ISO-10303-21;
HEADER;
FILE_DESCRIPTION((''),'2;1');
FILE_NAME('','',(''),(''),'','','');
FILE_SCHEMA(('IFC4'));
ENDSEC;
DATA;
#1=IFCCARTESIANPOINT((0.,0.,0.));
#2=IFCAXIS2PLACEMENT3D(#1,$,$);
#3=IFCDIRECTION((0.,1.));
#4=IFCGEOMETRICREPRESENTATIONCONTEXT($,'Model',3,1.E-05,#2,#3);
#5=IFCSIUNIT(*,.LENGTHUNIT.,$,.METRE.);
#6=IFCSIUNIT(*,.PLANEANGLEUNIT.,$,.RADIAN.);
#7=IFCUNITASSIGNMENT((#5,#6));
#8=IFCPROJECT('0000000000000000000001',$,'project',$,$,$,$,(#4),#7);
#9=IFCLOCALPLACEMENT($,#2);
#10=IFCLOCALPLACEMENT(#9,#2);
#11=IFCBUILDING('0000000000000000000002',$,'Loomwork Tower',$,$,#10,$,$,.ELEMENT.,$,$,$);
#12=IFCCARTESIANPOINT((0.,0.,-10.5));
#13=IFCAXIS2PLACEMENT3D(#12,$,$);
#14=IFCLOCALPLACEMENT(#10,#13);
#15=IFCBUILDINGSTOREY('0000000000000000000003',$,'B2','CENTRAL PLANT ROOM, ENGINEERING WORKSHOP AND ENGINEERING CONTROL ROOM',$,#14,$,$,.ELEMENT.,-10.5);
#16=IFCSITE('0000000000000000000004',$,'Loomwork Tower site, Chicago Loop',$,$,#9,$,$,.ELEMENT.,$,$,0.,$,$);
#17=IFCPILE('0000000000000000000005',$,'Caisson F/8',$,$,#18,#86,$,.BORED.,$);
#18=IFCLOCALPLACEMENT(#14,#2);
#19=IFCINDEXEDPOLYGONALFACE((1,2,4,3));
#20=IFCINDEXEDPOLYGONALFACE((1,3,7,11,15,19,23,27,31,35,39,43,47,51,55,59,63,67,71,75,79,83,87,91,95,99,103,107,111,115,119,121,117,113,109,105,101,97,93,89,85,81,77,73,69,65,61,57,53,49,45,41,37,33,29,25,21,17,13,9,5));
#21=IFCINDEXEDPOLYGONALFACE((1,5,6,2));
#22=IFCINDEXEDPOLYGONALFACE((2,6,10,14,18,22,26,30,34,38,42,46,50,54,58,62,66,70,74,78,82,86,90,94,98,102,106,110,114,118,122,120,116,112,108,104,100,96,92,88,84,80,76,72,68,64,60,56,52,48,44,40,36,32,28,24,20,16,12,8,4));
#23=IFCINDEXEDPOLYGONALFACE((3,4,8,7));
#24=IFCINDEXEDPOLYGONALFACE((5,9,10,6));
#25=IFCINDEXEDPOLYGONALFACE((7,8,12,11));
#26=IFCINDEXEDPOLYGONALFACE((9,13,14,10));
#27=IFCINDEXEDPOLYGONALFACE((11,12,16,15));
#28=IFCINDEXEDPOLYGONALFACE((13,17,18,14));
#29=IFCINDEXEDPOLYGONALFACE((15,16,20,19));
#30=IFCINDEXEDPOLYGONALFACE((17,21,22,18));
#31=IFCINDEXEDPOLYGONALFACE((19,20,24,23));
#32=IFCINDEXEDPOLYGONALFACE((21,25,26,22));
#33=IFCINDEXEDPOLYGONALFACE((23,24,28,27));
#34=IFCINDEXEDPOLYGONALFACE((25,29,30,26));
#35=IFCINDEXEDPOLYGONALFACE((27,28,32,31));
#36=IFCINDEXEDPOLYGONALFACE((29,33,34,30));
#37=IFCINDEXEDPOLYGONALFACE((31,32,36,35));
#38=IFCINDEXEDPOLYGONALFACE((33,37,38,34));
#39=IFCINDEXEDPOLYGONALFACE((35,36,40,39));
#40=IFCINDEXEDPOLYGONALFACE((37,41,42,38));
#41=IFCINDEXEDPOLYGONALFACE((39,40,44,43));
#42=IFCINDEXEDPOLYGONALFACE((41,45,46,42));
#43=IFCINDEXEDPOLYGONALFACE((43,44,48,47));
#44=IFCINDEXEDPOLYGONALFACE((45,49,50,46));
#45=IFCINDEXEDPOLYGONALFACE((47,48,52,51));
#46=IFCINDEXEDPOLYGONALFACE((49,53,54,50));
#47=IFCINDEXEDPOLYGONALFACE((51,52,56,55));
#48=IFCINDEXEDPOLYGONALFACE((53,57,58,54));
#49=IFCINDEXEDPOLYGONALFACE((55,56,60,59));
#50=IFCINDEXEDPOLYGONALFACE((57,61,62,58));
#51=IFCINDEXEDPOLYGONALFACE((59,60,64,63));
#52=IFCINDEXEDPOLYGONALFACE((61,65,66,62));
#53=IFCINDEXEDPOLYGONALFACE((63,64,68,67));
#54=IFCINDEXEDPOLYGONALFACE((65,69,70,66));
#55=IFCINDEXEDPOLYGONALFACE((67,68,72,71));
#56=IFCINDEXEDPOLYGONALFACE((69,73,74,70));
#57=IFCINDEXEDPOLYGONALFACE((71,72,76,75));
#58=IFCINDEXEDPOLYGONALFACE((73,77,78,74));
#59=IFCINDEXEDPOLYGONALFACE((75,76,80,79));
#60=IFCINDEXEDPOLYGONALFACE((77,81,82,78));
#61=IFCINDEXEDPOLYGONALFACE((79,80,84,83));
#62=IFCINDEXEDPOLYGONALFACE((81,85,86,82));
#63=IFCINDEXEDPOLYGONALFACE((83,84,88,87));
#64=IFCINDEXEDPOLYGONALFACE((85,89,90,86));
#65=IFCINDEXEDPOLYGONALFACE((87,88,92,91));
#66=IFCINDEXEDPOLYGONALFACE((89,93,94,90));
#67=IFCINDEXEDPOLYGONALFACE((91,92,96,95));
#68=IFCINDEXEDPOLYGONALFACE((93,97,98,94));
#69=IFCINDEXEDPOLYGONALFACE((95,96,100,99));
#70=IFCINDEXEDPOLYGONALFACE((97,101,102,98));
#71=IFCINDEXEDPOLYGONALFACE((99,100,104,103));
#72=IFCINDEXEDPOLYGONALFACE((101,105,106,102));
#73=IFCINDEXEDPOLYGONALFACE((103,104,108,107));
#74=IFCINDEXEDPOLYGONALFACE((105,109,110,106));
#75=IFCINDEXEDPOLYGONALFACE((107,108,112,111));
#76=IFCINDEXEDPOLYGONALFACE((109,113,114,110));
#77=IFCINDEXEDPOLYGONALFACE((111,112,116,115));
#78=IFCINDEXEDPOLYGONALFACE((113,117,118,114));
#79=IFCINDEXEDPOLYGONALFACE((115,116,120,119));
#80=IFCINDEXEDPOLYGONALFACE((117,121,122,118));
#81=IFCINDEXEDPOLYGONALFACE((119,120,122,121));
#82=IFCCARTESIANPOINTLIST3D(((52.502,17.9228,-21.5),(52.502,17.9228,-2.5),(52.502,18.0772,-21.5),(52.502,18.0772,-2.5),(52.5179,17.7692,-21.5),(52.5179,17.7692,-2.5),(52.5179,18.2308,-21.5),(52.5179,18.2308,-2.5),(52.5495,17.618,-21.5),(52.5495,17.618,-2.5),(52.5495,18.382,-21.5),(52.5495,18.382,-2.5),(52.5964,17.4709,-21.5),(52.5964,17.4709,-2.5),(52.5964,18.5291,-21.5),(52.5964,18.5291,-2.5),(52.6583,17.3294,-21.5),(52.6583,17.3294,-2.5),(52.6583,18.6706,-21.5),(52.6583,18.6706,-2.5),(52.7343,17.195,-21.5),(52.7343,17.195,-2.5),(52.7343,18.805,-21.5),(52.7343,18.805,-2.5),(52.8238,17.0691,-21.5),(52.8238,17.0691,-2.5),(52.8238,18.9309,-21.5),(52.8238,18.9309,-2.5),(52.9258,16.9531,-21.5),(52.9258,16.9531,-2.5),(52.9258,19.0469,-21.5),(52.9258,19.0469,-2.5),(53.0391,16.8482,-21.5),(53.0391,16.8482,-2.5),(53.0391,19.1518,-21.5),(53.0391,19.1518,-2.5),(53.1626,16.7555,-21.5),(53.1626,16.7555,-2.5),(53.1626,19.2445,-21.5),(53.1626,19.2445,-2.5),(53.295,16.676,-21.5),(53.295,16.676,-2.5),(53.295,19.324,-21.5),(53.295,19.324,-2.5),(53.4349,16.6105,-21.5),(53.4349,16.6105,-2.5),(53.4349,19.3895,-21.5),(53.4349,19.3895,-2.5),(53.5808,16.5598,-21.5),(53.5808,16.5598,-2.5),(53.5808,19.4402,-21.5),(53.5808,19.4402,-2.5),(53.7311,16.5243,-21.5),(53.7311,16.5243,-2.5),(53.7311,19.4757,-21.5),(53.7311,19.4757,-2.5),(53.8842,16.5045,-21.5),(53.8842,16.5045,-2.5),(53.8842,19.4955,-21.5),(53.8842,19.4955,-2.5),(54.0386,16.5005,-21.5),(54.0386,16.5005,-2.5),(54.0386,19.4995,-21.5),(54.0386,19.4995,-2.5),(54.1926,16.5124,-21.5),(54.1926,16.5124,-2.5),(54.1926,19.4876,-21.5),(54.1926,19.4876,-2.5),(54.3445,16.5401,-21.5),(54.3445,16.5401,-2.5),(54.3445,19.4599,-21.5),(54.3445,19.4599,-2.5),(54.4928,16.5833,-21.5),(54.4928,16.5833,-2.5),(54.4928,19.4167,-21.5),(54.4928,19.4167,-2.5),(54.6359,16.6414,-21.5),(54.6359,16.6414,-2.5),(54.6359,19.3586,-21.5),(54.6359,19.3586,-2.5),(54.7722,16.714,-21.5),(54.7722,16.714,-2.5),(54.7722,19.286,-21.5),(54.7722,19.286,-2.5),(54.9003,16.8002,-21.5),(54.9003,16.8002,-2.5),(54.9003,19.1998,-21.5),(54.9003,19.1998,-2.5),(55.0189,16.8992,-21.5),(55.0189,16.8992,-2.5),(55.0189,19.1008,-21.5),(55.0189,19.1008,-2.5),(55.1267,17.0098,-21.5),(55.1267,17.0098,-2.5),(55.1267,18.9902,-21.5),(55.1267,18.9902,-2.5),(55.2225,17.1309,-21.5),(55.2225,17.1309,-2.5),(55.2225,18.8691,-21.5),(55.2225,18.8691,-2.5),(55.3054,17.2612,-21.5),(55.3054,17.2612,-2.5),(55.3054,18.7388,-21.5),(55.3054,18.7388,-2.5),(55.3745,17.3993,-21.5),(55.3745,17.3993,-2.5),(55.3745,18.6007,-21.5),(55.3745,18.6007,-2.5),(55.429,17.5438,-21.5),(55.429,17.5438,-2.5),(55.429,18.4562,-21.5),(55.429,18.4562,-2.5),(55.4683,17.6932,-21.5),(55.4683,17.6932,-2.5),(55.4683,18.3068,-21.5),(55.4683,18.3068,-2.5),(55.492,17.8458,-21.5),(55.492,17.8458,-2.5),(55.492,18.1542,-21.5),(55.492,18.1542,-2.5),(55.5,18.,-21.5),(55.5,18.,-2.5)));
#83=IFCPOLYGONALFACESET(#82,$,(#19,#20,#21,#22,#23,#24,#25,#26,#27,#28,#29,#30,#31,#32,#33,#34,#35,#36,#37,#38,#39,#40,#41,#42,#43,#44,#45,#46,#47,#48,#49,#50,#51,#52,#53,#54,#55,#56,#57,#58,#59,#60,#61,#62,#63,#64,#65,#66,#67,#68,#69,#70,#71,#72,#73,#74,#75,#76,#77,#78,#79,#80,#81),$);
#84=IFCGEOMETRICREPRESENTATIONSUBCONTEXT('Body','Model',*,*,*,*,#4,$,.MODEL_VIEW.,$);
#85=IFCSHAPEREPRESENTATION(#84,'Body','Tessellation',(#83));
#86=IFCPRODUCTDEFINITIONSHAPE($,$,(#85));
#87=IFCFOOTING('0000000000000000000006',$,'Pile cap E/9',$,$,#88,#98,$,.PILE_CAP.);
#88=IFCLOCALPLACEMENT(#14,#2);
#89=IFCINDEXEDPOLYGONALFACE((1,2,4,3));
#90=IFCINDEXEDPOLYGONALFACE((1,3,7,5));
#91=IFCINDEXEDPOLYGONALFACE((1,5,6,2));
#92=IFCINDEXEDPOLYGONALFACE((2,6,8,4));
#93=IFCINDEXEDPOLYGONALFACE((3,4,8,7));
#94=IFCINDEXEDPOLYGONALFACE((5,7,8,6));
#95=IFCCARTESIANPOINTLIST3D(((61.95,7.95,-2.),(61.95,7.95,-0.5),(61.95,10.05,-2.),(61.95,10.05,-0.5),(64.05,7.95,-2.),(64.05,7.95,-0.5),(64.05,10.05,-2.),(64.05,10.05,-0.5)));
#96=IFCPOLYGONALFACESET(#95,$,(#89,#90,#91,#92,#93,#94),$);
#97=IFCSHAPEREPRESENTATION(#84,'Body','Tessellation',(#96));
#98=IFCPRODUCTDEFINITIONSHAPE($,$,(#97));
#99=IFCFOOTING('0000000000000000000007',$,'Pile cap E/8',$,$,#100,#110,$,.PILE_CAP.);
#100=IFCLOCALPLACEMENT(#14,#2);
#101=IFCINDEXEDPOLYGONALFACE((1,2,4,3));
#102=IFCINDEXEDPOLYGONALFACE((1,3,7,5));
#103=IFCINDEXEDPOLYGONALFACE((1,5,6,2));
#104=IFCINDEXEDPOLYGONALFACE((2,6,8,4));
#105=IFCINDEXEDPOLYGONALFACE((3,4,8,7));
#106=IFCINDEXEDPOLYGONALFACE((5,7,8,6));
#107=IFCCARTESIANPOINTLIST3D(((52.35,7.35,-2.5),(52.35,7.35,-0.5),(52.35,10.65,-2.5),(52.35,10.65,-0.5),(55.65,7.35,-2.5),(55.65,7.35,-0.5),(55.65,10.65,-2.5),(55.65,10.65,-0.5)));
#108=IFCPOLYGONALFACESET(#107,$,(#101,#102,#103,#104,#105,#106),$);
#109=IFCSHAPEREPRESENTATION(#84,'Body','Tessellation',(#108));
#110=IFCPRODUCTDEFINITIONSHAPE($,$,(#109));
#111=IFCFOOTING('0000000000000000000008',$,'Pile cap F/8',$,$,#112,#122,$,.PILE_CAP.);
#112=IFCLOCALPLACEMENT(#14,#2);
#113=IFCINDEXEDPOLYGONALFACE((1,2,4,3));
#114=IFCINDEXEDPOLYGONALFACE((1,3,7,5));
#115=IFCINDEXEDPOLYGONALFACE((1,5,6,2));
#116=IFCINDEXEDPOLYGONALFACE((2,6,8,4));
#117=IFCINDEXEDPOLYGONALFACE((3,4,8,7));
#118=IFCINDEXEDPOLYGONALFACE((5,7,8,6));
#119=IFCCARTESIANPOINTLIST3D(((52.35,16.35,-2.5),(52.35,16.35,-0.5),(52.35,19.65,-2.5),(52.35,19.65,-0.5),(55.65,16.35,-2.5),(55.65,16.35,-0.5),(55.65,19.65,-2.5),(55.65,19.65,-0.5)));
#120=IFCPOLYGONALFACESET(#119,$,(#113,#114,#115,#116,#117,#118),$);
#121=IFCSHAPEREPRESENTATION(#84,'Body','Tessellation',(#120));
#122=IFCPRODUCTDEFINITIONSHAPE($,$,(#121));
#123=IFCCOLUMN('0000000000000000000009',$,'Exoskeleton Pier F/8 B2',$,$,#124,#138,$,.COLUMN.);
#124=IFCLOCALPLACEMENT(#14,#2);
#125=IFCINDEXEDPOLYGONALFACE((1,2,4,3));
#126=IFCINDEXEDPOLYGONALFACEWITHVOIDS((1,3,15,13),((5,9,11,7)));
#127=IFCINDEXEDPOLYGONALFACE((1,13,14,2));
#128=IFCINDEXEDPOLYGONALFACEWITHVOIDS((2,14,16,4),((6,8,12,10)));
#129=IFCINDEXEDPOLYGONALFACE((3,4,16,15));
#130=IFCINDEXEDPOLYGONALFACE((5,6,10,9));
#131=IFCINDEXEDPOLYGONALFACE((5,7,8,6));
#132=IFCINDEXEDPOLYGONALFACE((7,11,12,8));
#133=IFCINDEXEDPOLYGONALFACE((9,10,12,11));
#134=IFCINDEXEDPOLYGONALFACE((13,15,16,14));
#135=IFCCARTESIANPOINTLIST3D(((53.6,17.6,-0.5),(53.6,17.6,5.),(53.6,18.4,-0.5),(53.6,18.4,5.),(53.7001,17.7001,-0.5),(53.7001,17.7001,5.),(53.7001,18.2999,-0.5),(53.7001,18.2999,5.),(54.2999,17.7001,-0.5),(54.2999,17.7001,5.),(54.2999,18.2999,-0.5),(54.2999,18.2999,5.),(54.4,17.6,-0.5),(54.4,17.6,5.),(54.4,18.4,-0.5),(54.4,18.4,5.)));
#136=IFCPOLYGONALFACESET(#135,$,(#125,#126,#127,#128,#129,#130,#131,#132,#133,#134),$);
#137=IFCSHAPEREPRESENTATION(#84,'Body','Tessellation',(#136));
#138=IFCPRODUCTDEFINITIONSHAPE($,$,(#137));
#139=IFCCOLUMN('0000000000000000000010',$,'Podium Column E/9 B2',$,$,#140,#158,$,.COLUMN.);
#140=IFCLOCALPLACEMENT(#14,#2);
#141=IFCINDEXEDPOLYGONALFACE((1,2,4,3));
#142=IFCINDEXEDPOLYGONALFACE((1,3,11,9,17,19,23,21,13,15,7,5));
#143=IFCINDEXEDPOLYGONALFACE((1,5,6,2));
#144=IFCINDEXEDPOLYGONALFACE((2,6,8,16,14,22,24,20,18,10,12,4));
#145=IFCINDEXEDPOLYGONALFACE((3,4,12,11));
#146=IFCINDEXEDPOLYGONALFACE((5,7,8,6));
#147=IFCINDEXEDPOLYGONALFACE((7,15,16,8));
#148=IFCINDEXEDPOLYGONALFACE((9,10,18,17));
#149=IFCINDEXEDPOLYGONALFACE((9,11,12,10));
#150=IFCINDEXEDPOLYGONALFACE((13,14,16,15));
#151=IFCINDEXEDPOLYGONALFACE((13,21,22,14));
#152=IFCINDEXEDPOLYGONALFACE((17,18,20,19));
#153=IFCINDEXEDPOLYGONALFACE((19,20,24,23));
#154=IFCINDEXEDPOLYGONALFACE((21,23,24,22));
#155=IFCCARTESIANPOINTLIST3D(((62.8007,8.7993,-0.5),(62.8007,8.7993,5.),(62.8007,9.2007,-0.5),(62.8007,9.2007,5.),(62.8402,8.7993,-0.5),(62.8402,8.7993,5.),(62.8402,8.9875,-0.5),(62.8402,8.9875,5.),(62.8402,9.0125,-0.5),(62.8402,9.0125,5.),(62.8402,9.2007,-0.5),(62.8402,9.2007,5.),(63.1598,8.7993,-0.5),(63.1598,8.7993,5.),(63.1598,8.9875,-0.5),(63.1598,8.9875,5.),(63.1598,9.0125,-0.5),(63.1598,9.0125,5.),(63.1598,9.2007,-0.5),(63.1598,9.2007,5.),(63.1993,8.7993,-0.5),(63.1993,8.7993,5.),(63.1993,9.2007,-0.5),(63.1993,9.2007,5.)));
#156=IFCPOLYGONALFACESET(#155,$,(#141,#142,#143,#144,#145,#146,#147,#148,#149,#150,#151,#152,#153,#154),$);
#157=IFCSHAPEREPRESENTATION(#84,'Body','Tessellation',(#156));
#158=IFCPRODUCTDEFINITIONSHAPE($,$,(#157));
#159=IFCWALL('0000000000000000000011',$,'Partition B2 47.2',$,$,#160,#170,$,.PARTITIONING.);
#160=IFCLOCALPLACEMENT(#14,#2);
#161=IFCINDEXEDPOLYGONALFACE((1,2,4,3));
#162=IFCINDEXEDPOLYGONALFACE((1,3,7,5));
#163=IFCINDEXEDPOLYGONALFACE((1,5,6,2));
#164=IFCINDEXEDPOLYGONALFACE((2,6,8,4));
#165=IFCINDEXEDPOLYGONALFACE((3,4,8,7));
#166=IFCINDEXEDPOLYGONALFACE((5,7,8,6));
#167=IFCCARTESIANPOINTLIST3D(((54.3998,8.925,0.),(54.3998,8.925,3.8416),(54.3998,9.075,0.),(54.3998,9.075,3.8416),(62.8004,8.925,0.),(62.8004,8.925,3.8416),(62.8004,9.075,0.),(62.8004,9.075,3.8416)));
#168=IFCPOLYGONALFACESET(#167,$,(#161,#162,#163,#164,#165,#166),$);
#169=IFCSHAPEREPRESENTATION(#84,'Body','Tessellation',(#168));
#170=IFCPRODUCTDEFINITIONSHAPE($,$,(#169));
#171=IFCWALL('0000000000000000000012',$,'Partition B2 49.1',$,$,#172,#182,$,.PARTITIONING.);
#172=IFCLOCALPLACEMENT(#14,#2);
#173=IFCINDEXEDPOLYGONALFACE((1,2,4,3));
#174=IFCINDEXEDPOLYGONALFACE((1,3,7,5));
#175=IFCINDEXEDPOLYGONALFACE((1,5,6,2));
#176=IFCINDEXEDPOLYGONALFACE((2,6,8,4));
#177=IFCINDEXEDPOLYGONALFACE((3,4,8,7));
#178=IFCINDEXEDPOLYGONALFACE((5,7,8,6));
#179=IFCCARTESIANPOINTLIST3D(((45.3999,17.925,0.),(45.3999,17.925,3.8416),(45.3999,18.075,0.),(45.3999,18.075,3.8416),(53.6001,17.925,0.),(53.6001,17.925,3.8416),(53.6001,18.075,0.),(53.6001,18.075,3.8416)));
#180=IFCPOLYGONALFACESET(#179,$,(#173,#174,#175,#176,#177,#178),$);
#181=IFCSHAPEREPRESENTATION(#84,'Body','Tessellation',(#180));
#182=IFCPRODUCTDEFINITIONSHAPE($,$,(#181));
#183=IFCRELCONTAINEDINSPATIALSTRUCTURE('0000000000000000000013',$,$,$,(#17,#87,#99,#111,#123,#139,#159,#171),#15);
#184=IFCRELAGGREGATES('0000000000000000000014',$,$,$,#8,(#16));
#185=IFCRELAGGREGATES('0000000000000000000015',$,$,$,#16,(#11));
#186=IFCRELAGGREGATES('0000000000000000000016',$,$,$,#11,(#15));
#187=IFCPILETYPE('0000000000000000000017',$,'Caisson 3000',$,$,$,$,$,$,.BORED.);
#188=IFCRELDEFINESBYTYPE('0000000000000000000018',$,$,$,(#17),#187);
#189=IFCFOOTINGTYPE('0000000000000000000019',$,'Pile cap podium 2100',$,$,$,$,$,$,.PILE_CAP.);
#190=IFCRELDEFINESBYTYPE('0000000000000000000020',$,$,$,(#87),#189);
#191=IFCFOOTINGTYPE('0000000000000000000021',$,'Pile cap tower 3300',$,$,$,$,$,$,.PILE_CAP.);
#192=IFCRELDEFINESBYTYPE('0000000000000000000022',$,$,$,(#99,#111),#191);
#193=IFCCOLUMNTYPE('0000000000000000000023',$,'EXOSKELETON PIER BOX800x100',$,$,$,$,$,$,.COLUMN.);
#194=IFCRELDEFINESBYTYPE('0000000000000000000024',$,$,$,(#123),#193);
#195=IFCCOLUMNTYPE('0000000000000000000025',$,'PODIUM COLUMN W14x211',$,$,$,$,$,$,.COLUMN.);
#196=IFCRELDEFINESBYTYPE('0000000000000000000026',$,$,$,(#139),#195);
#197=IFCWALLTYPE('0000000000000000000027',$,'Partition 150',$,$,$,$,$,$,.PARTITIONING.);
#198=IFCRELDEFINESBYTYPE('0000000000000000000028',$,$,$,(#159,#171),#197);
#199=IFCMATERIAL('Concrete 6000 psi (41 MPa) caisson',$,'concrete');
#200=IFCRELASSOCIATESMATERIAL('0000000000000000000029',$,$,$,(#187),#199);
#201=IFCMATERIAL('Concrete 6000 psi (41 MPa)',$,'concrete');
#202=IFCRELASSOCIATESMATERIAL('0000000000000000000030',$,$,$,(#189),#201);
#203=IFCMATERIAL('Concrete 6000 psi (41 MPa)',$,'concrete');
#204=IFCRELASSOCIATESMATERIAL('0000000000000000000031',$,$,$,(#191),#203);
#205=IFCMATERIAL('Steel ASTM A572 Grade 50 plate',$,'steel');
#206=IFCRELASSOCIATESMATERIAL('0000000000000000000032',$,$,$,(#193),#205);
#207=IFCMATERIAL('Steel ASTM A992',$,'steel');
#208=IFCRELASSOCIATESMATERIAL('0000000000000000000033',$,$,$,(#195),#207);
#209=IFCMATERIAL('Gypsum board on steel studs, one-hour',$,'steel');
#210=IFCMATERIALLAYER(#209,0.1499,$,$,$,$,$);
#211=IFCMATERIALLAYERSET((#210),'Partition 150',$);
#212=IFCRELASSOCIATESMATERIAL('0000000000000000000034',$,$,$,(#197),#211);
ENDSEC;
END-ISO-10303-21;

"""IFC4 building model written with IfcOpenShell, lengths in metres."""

from ifc_helpers import new_model, si_unit, direction, frame, frame_2d, origin, origin_2d, place, context, subcontext, project, spatial, rectangle, hollow_rectangle, circle, i_section, extrude, material, layer, layer_set, material_profile, profile_set, type_object, element, save


model = new_model("IFC4")

# Units and contexts
model_context = context("Model", 3, precision=1e-05, world=origin(), true_north=direction((0.0, 1.0)))
body_context = subcontext(model_context, "Body", "Model", "MODEL_VIEW")
ifc_project = project(units=[si_unit("LENGTHUNIT", "METRE"), si_unit("PLANEANGLEUNIT", "RADIAN")], contexts=[model_context])

# Site, building, storey
site_placement = place(None, origin())
site = spatial("IfcSite", under=ifc_project, at=site_placement, Name="Loomwork Tower site, Chicago Loop", CompositionType="ELEMENT", RefElevation=0.0)
building_placement = place(site_placement, origin())
building = spatial("IfcBuilding", under=site, at=building_placement, Name="Loomwork Tower", CompositionType="ELEMENT")
storey_placement = place(building_placement, frame((0.0, 0.0, -10.5)))
storey = spatial("IfcBuildingStorey", under=building, at=storey_placement, Name="B2", Description="CENTRAL PLANT ROOM, ENGINEERING WORKSHOP AND ENGINEERING CONTROL ROOM", CompositionType="ELEMENT", Elevation=-10.5)

# Pile
ifc_material_1 = material(Name="Concrete 6000 psi (41 MPa) caisson", Category="concrete")
ifc_material_profile_1 = material_profile(ifc_material_1, circle(Radius=1.5, at=origin_2d()), Name="D3000")
ifc_profile_set_1 = profile_set([ifc_material_profile_1], Name="Concrete 6000 psi (41 MPa) caisson")
pile_type_1 = type_object("IfcPileType", Name="Caisson 3000", PredefinedType="BORED", material=ifc_profile_set_1)
for number, where, z_axis, x_axis, name in (
    (1, (54.0, 18.0, -2.5), (0.0, 0.0, -1.0), (1.0, 0.0, 0.0), "Caisson F/8"),
):
    element("IfcPile", number, at=place(storey_placement, frame(where, z_axis=z_axis, x_axis=x_axis)), inside=storey, type_object=pile_type_1, Name=name, PredefinedType="BORED", context=body_context, shape_type="SweptSolid", body=[
        extrude(circle(Radius=1.5, at=origin_2d()), origin(), (0.0, 0.0, 1.0), 19.0),
    ])

# Footings
ifc_material_2 = material(Name="Concrete 6000 psi (41 MPa)", Category="concrete")
footing_type_1 = type_object("IfcFootingType", Name="Pile cap podium 2100", PredefinedType="PILE_CAP", material=ifc_material_2)
footing_placement = place(storey_placement, frame((63.0, 9.0, -2.0), z_axis=(0.0, 0.0, 1.0), x_axis=(1.0, 0.0, 0.0)))
element("IfcFooting", 2, at=footing_placement, inside=storey, type_object=footing_type_1, Name="Pile cap E/9", PredefinedType="PILE_CAP", context=body_context, shape_type="SweptSolid", body=[
    extrude(rectangle(XDim=2.1001, YDim=2.1001, at=origin_2d()), origin(), (0.0, 0.0, 1.0), 1.5),
])
ifc_material_3 = material(Name="Concrete 6000 psi (41 MPa)", Category="concrete")
footing_type_2 = type_object("IfcFootingType", Name="Pile cap tower 3300", PredefinedType="PILE_CAP", material=ifc_material_3)
for number, where, z_axis, x_axis, name in (
    (3, (54.0, 9.0, -2.5), (0.0, 0.0, 1.0), (1.0, 0.0, 0.0), "Pile cap E/8"),
    (4, (54.0, 18.0, -2.5), (0.0, 0.0, 1.0), (1.0, 0.0, 0.0), "Pile cap F/8"),
):
    element("IfcFooting", number, at=place(storey_placement, frame(where, z_axis=z_axis, x_axis=x_axis)), inside=storey, type_object=footing_type_2, Name=name, PredefinedType="PILE_CAP", context=body_context, shape_type="SweptSolid", body=[
        extrude(rectangle(XDim=3.3, YDim=3.3, at=origin_2d()), origin(), (0.0, 0.0, 1.0), 2.0),
    ])

# Columns
ifc_material_4 = material(Name="Steel ASTM A572 Grade 50 plate", Category="steel")
ifc_material_profile_2 = material_profile(ifc_material_4, hollow_rectangle(XDim=0.8, YDim=0.8, WallThickness=0.1001, at=origin_2d()), Name="BOX800x100")
ifc_profile_set_2 = profile_set([ifc_material_profile_2], Name="Steel ASTM A572 Grade 50 plate")
column_type_1 = type_object("IfcColumnType", Name="EXOSKELETON PIER BOX800x100", PredefinedType="COLUMN", material=ifc_profile_set_2)
column_1_placement = place(storey_placement, frame((54.0, 18.0, -0.5), z_axis=(0.0, 0.0, 1.0), x_axis=(0.0, 1.0, 0.0)))
element("IfcColumn", 5, at=column_1_placement, inside=storey, type_object=column_type_1, Name="Exoskeleton Pier F/8 B2", PredefinedType="COLUMN", context=body_context, shape_type="SweptSolid", body=[
    extrude(hollow_rectangle(XDim=0.8, YDim=0.8, WallThickness=0.1001, at=origin_2d()), origin(), (0.0, 0.0, 1.0), 5.5),
])
ifc_material_5 = material(Name="Steel ASTM A992", Category="steel")
ifc_material_profile_3 = material_profile(ifc_material_5, i_section(OverallWidth=0.4014, OverallDepth=0.3987, WebThickness=0.0249, FlangeThickness=0.0396, at=origin_2d()), Name="W14x211")
ifc_profile_set_3 = profile_set([ifc_material_profile_3], Name="Steel ASTM A992")
column_type_2 = type_object("IfcColumnType", Name="PODIUM COLUMN W14x211", PredefinedType="COLUMN", material=ifc_profile_set_3)
column_2_placement = place(storey_placement, frame((63.0, 9.0, -0.5), z_axis=(0.0, 0.0, 1.0), x_axis=(0.0, 1.0, 0.0)))
element("IfcColumn", 6, at=column_2_placement, inside=storey, type_object=column_type_2, Name="Podium Column E/9 B2", PredefinedType="COLUMN", context=body_context, shape_type="SweptSolid", body=[
    extrude(i_section(OverallWidth=0.4014, OverallDepth=0.3987, WebThickness=0.0249, FlangeThickness=0.0396, at=origin_2d()), origin(), (0.0, 0.0, 1.0), 5.5),
])

# Walls
ifc_material_6 = material(Name="Gypsum board on steel studs, one-hour", Category="steel")
ifc_layer_1 = layer(ifc_material_6, 0.1499)
ifc_layer_set_1 = layer_set([ifc_layer_1], Name="Partition 150")
wall_type = type_object("IfcWallType", Name="Partition 150", PredefinedType="PARTITIONING", material=ifc_layer_set_1)
wall_1_placement = place(storey_placement, frame((54.3999, 9.0, 0.0), z_axis=(0.0, 0.0, 1.0), x_axis=(1.0, 0.0, 0.0)))
element("IfcWall", 7, at=wall_1_placement, inside=storey, type_object=wall_type, Name="Partition B2 47.2", PredefinedType="PARTITIONING", context=body_context, shape_type="SweptSolid", body=[
    extrude(rectangle(XDim=8.4006, YDim=0.1499, at=frame_2d((4.2002, 0.0))), origin(), (0.0, 0.0, 1.0), 3.8416),
])
wall_2_placement = place(storey_placement, frame((45.3999, 18.0, 0.0), z_axis=(0.0, 0.0, 1.0), x_axis=(1.0, 0.0, 0.0)))
element("IfcWall", 8, at=wall_2_placement, inside=storey, type_object=wall_type, Name="Partition B2 49.1", PredefinedType="PARTITIONING", context=body_context, shape_type="SweptSolid", body=[
    extrude(rectangle(XDim=8.2002, YDim=0.1499, at=frame_2d((4.1001, 0.0))), origin(), (0.0, 0.0, 1.0), 3.8416),
])

save(model, "model.ifc")
